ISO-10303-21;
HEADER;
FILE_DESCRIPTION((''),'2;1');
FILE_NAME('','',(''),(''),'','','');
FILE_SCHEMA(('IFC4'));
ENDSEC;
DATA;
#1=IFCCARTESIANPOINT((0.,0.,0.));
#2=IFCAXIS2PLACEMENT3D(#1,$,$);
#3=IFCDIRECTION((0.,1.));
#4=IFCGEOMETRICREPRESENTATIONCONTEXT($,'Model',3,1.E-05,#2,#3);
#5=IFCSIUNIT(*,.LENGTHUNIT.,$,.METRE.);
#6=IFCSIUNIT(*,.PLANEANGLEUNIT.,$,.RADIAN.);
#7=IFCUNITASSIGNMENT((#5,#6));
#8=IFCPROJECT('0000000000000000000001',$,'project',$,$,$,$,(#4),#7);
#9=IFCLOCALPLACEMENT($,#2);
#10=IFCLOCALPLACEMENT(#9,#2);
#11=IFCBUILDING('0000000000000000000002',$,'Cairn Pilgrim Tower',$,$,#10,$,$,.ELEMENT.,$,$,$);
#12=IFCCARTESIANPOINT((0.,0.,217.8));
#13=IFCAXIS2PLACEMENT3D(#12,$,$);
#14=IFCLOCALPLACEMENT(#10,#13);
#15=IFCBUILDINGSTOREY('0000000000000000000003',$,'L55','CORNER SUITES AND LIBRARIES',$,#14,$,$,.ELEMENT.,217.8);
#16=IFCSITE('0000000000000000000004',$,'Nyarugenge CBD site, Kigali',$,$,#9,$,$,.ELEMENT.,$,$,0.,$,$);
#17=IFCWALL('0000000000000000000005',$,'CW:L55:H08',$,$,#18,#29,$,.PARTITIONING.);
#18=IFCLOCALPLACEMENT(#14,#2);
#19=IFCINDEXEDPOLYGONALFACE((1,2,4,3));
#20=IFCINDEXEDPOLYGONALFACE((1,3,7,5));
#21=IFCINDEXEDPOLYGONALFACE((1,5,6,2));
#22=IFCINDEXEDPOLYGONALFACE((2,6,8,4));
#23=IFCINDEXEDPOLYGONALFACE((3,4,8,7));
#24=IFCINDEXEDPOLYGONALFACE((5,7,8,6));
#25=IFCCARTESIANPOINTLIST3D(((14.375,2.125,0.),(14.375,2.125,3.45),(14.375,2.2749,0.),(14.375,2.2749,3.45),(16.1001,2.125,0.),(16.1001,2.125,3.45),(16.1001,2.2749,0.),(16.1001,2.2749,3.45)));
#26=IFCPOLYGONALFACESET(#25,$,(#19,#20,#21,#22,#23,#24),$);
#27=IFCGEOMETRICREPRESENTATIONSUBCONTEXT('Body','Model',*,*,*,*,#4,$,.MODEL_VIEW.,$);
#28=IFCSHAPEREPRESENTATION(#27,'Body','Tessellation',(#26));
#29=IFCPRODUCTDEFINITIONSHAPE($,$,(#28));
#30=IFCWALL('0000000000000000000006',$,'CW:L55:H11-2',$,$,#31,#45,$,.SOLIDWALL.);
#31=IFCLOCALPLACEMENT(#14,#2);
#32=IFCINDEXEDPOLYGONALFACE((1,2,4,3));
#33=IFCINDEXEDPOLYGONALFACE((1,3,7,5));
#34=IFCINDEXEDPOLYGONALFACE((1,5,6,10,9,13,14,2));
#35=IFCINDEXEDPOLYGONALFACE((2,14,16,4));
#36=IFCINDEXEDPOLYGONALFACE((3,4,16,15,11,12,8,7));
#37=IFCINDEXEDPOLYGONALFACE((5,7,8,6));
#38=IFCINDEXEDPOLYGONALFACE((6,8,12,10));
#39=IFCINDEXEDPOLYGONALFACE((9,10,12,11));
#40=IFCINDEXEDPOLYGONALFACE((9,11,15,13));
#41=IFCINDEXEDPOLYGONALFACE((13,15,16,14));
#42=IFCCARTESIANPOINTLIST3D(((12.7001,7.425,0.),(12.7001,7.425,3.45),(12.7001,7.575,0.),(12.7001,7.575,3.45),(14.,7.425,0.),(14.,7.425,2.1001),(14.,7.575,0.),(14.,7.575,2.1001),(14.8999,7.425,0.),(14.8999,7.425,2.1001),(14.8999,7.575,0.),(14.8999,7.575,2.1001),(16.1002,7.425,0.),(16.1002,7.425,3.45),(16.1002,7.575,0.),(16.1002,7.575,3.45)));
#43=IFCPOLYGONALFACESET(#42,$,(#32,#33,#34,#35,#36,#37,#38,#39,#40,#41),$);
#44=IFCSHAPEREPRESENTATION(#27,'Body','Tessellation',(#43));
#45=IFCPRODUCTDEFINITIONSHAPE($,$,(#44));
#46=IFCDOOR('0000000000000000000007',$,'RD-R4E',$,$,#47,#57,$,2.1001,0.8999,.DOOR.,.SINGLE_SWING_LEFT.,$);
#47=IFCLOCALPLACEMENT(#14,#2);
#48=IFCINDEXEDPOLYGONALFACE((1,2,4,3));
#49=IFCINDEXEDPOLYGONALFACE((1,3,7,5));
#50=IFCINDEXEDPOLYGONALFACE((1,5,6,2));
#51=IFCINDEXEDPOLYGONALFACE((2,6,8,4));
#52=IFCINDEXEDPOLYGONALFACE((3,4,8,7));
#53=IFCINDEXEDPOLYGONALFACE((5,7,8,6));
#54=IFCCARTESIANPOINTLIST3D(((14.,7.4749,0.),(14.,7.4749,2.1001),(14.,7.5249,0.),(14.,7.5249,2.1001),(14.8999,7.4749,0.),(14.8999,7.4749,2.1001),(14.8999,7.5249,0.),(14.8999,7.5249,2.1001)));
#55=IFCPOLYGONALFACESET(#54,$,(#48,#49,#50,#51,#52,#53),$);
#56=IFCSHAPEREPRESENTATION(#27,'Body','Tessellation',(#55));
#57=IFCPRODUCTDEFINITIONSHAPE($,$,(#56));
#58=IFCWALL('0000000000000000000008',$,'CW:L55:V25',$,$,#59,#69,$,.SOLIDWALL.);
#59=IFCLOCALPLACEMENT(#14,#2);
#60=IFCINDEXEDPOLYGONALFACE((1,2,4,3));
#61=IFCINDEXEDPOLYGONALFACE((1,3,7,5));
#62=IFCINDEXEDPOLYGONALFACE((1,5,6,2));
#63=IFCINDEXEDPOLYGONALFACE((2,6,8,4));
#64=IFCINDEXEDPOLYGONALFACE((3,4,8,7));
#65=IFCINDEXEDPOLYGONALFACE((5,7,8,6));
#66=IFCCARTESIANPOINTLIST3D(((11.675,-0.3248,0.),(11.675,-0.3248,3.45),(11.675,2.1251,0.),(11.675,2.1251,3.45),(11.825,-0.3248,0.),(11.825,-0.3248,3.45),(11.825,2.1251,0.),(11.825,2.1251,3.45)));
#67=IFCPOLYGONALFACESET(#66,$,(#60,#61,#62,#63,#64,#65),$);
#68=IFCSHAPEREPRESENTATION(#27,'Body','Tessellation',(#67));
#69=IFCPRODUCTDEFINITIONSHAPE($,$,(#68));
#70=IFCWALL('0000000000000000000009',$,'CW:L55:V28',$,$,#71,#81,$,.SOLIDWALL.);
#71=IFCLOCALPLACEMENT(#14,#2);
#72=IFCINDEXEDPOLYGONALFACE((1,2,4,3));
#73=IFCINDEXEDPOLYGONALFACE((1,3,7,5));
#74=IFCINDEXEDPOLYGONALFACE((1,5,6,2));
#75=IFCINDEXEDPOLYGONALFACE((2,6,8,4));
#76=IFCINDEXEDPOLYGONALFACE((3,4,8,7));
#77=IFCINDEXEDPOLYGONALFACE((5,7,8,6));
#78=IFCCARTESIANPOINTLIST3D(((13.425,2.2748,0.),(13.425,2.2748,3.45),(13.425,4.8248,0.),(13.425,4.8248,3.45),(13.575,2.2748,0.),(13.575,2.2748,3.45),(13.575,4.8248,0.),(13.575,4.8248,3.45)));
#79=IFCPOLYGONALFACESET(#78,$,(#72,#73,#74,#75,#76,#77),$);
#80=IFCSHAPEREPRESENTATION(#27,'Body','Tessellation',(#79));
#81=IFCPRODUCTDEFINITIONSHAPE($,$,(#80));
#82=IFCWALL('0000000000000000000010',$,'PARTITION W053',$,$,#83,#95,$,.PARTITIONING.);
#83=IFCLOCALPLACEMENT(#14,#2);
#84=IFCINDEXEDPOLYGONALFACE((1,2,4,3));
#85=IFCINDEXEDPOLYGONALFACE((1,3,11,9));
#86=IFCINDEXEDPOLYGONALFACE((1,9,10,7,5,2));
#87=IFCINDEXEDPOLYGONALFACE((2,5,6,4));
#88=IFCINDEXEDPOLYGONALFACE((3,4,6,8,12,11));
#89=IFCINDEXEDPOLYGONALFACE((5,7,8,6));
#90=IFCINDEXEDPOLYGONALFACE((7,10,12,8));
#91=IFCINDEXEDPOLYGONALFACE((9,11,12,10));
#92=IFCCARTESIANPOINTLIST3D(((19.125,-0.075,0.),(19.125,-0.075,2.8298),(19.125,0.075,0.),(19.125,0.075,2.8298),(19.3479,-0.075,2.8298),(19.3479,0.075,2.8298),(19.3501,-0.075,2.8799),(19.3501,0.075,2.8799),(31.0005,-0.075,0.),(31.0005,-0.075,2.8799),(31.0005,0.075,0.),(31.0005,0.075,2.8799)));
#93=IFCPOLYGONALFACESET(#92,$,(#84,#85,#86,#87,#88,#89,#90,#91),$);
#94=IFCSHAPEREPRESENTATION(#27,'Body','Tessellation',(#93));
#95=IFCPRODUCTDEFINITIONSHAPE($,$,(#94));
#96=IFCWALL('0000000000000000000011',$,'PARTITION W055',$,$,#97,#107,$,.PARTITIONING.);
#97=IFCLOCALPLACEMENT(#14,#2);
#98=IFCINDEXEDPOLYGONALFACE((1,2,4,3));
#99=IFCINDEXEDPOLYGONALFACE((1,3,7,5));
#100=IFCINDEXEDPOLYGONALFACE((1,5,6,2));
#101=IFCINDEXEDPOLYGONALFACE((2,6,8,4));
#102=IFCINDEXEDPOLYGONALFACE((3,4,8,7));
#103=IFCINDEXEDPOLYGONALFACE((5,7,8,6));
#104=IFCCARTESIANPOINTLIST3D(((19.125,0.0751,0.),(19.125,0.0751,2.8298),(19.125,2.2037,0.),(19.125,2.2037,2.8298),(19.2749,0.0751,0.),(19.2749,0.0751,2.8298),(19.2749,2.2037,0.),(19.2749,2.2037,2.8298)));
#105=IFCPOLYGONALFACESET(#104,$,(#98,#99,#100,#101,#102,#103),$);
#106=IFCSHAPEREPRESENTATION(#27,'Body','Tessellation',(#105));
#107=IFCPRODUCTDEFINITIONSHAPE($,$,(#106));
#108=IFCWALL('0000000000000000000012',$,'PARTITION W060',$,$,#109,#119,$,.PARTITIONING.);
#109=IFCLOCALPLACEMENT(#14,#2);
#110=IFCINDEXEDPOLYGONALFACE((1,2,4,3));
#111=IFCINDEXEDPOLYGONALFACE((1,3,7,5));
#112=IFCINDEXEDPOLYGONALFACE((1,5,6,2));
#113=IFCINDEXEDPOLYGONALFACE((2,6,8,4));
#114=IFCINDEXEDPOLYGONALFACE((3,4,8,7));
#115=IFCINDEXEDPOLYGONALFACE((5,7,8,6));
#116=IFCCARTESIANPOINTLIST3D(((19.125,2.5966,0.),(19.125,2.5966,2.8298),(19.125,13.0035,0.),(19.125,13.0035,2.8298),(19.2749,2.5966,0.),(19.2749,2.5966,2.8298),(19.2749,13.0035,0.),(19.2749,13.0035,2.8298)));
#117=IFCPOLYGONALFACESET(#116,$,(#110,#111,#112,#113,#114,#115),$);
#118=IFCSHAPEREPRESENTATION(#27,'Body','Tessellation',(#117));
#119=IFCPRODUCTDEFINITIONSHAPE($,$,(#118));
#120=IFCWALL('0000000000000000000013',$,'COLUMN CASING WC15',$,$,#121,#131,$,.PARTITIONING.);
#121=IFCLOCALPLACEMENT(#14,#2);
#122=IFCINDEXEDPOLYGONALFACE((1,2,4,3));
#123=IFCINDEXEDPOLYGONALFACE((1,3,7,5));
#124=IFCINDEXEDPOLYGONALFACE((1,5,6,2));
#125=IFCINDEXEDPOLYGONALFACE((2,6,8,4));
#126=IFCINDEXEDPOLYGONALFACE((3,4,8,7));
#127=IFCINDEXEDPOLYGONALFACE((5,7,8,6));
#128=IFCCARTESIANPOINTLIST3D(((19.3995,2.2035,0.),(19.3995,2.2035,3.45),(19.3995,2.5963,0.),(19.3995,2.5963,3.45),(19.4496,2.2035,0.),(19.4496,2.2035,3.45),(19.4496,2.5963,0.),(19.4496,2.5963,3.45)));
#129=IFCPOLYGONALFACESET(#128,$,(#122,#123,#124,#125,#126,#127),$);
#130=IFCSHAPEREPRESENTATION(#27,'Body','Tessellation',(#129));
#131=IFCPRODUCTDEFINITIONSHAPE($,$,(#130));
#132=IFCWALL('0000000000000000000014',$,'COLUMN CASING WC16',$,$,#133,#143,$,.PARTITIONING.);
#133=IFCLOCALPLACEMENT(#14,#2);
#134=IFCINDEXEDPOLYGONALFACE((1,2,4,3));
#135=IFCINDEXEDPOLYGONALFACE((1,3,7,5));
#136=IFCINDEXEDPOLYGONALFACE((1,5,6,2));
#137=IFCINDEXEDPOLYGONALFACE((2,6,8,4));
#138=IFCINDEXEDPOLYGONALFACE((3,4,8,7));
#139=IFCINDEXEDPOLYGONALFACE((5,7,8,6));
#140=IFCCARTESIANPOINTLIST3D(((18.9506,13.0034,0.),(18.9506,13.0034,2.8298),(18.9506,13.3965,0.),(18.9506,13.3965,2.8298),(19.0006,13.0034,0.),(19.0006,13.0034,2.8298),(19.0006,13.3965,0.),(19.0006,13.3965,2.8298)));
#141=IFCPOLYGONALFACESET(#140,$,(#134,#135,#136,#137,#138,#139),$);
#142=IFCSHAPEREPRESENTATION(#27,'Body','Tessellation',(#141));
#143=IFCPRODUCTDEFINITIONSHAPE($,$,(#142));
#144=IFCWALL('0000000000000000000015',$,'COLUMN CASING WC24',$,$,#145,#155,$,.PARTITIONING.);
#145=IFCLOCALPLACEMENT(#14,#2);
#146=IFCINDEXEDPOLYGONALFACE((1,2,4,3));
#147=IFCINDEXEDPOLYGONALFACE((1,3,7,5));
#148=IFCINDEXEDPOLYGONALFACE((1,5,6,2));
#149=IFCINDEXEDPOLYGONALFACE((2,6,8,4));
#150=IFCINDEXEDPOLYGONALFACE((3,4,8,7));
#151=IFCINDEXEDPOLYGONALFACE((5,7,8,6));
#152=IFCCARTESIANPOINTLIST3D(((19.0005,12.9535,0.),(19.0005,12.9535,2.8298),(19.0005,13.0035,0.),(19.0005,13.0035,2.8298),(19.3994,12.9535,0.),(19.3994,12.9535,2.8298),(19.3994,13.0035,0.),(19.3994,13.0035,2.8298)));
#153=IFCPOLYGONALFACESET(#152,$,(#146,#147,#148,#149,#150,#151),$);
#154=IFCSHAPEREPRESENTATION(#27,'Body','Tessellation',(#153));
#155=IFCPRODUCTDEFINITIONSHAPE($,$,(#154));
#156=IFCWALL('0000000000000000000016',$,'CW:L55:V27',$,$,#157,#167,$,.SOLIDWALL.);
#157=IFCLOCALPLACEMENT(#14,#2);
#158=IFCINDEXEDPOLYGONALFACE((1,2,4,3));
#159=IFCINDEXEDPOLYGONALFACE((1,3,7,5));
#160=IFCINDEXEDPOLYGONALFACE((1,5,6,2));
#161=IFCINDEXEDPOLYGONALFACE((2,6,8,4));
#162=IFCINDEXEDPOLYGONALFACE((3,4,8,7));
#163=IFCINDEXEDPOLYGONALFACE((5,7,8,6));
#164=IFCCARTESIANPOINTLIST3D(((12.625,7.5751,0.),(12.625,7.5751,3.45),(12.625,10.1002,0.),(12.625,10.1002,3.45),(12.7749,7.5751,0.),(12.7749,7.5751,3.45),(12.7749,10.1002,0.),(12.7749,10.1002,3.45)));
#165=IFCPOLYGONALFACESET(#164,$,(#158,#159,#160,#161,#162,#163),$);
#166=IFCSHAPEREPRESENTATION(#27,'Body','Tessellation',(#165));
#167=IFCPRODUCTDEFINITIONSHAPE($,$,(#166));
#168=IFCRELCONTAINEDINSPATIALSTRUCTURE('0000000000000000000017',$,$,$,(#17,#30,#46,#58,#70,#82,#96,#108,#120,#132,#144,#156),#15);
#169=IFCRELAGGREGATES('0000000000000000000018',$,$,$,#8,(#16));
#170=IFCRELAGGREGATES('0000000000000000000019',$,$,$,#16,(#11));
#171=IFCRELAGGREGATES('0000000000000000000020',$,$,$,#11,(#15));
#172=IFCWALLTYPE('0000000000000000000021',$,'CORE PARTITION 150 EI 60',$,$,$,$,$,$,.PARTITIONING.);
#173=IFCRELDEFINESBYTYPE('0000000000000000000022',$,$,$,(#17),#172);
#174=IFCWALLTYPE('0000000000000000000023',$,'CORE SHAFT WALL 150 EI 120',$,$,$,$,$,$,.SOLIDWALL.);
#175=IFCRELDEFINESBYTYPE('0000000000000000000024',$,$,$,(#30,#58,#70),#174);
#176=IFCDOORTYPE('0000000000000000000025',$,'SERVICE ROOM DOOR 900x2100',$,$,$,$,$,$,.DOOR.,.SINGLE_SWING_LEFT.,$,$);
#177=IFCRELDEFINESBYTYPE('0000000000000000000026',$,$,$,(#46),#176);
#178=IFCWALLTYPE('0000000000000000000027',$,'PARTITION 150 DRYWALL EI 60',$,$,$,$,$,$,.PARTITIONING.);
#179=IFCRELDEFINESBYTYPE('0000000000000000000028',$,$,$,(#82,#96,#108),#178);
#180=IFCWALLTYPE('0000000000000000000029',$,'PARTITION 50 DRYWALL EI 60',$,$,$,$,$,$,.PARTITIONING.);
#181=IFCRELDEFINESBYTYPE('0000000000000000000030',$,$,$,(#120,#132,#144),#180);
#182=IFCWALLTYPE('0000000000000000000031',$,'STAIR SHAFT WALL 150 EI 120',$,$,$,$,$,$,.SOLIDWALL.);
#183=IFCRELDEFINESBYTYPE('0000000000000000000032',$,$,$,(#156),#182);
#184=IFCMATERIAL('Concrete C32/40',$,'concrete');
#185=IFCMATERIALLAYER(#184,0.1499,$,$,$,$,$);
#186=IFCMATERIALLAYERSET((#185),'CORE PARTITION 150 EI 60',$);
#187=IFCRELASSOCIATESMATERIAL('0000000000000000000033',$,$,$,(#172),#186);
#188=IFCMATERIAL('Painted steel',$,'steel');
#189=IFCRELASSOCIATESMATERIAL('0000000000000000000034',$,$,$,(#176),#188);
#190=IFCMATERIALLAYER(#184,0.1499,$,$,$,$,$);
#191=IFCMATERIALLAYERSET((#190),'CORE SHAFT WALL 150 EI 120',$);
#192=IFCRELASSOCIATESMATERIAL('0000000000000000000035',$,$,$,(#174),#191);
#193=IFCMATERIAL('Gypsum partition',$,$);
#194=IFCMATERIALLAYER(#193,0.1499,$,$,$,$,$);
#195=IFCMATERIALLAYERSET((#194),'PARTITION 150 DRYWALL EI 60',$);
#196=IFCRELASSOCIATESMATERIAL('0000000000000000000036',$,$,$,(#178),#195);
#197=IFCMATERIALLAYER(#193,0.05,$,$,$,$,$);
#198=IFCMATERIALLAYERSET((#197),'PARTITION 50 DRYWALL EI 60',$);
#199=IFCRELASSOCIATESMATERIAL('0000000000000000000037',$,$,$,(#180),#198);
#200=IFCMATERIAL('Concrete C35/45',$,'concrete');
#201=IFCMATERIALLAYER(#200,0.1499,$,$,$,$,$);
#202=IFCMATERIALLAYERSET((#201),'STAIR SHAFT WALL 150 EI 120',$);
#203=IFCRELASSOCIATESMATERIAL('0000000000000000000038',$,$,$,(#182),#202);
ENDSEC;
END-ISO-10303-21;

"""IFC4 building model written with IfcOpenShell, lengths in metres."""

from ifc_helpers import new_model, si_unit, direction, frame, frame_2d, origin, place, context, subcontext, project, spatial, polyline, rectangle, outline, extrude, material, layer, layer_set, type_object, element, fill, save


model = new_model("IFC4")

# Units and contexts
model_context = context("Model", 3, precision=1e-05, world=origin(), true_north=direction((0.0, 1.0)))
body_context = subcontext(model_context, "Body", "Model", "MODEL_VIEW")
ifc_project = project(units=[si_unit("LENGTHUNIT", "METRE"), si_unit("PLANEANGLEUNIT", "RADIAN")], contexts=[model_context])

# Site, building, storey
site_placement = place(None, origin())
site = spatial("IfcSite", under=ifc_project, at=site_placement, Name="Nyarugenge CBD site, Kigali", CompositionType="ELEMENT", RefElevation=0.0)
building_placement = place(site_placement, origin())
building = spatial("IfcBuilding", under=site, at=building_placement, Name="Cairn Pilgrim Tower", CompositionType="ELEMENT")
storey_placement = place(building_placement, frame((0.0, 0.0, 217.8)))
storey = spatial("IfcBuildingStorey", under=building, at=storey_placement, Name="L55", Description="CORNER SUITES AND LIBRARIES", CompositionType="ELEMENT", Elevation=217.8)

# Shared definitions
ifc_material_1 = material(Name="Concrete C32/40", Category="concrete")

# Shared definitions
ifc_layer_1 = layer(ifc_material_1, 0.1499)
ifc_layer_set_1 = layer_set([ifc_layer_1], Name="CORE PARTITION 150 EI 60")
wall_type_1 = type_object("IfcWallType", Name="CORE PARTITION 150 EI 60", PredefinedType="PARTITIONING", material=ifc_layer_set_1)
ifc_material_2 = material(Name="Painted steel", Category="steel")
door_type = type_object("IfcDoorType", Name="SERVICE ROOM DOOR 900x2100", OperationType="SINGLE_SWING_LEFT", PredefinedType="DOOR", material=ifc_material_2)

# Wall
wall_1_placement = place(storey_placement, frame((14.375, 2.2, 0.0), z_axis=(0.0, 0.0, 1.0), x_axis=(1.0, 0.0, 0.0)))
element("IfcWall", 1, at=wall_1_placement, inside=storey, type_object=wall_type_1, Name="CW:L55:H08", PredefinedType="PARTITIONING", context=body_context, shape_type="SweptSolid", body=[
    extrude(rectangle(XDim=1.7251, YDim=0.1499, at=frame_2d((0.8625, 0.0))), origin(), (0.0, 0.0, 1.0), 3.45),
])

# Wall, opening, door
ifc_layer_2 = layer(ifc_material_1, 0.1499)
ifc_layer_set_2 = layer_set([ifc_layer_2], Name="CORE SHAFT WALL 150 EI 120")
wall_type_2 = type_object("IfcWallType", Name="CORE SHAFT WALL 150 EI 120", PredefinedType="SOLIDWALL", material=ifc_layer_set_2)
wall_2_placement = place(storey_placement, frame((12.7, 7.5, 0.0), z_axis=(0.0, 0.0, 1.0), x_axis=(1.0, 0.0, 0.0)))
wall_2 = element("IfcWall", 2, at=wall_2_placement, inside=storey, type_object=wall_type_2, Name="CW:L55:H11-2", PredefinedType="SOLIDWALL", context=body_context, shape_type="SweptSolid", body=[
    extrude(rectangle(XDim=3.4001, YDim=0.1499, at=frame_2d((1.7002, 0.0))), origin(), (0.0, 0.0, 1.0), 3.45),
])
opening_1_placement = place(wall_2_placement, frame((1.3, 0.0, 0.0)))
opening_1 = element("IfcOpeningElement", 3, at=opening_1_placement, cuts=wall_2, PredefinedType="OPENING", context=body_context, shape_type="SweptSolid", body=[
    extrude(rectangle(XDim=0.8999, YDim=2.1001, at=frame_2d((0.45, 1.05))), frame((0.0, 0.085, 0.0), z_axis=(0.0, -1.0, 0.0), x_axis=(1.0, 0.0, 0.0)), (0.0, 0.0, 1.0), 0.1699),
])
door_1_placement = place(opening_1_placement, origin())
door_1 = element("IfcDoor", 4, at=door_1_placement, inside=storey, type_object=door_type, Name="RD-R4E", OperationType="SINGLE_SWING_LEFT", OverallHeight=2.1001, OverallWidth=0.8999, PredefinedType="DOOR", context=body_context, shape_type="SweptSolid", body=[
    extrude(rectangle(XDim=0.8999, YDim=2.1001, at=frame_2d((0.45, 1.05))), frame((0.0, 0.0249, 0.0), z_axis=(0.0, -1.0, 0.0), x_axis=(1.0, 0.0, 0.0)), (0.0, 0.0, 1.0), 0.05),
])
fill(opening_1, door_1)

# Walls
wall_3_placement = place(storey_placement, frame((11.75, -0.325, 0.0), z_axis=(0.0, 0.0, 1.0), x_axis=(0.0, 1.0, 0.0)))
element("IfcWall", 5, at=wall_3_placement, inside=storey, type_object=wall_type_2, Name="CW:L55:V25", PredefinedType="SOLIDWALL", context=body_context, shape_type="SweptSolid", body=[
    extrude(rectangle(XDim=2.45, YDim=0.1499, at=frame_2d((1.2251, 0.0))), origin(), (0.0, 0.0, 1.0), 3.45),
])
wall_4_placement = place(storey_placement, frame((13.5, 2.2749, 0.0), z_axis=(0.0, 0.0, 1.0), x_axis=(0.0, 1.0, 0.0)))
element("IfcWall", 6, at=wall_4_placement, inside=storey, type_object=wall_type_2, Name="CW:L55:V28", PredefinedType="SOLIDWALL", context=body_context, shape_type="SweptSolid", body=[
    extrude(rectangle(XDim=2.55, YDim=0.1499, at=frame_2d((1.2749, 0.0))), origin(), (0.0, 0.0, 1.0), 3.45),
])
ifc_material_3 = material(Name="Gypsum partition")
ifc_layer_3 = layer(ifc_material_3, 0.1499)
ifc_layer_set_3 = layer_set([ifc_layer_3], Name="PARTITION 150 DRYWALL EI 60")
wall_type_3 = type_object("IfcWallType", Name="PARTITION 150 DRYWALL EI 60", PredefinedType="PARTITIONING", material=ifc_layer_set_3)
wall_5_placement = place(storey_placement, frame((19.125, 0.0, 0.0), z_axis=(0.0, 0.0, 1.0), x_axis=(1.0, 0.0, 0.0)))
element("IfcWall", 7, at=wall_5_placement, inside=storey, type_object=wall_type_3, Name="PARTITION W053", PredefinedType="PARTITIONING", context=body_context, shape_type="SweptSolid", body=[
    extrude(outline(polyline([(0.0, 0.0), (11.8755, 0.0), (11.8755, 2.8799), (0.2251, 2.8799), (0.2229, 2.8298), (0.0, 2.8298), (0.0, 0.0)])), frame((0.0, 0.075, 0.0), z_axis=(0.0, -1.0, 0.0), x_axis=(1.0, 0.0, 0.0)), (0.0, 0.0, 1.0), 0.1499),
])
wall_6_placement = place(storey_placement, frame((19.2, 0.075, 0.0), z_axis=(0.0, 0.0, 1.0), x_axis=(0.0, 1.0, 0.0)))
element("IfcWall", 8, at=wall_6_placement, inside=storey, type_object=wall_type_3, Name="PARTITION W055", PredefinedType="PARTITIONING", context=body_context, shape_type="SweptSolid", body=[
    extrude(rectangle(XDim=2.1287, YDim=0.1499, at=frame_2d((1.0645, 0.0))), origin(), (0.0, 0.0, 1.0), 2.8298),
])
wall_7_placement = place(storey_placement, frame((19.2, 2.5964, 0.0), z_axis=(0.0, 0.0, 1.0), x_axis=(0.0, 1.0, 0.0)))
element("IfcWall", 9, at=wall_7_placement, inside=storey, type_object=wall_type_3, Name="PARTITION W060", PredefinedType="PARTITIONING", context=body_context, shape_type="SweptSolid", body=[
    extrude(rectangle(XDim=10.407, YDim=0.1499, at=frame_2d((5.2036, 0.0))), origin(), (0.0, 0.0, 1.0), 2.8298),
])
ifc_layer_4 = layer(ifc_material_3, 0.05)
ifc_layer_set_4 = layer_set([ifc_layer_4], Name="PARTITION 50 DRYWALL EI 60")
wall_type_4 = type_object("IfcWallType", Name="PARTITION 50 DRYWALL EI 60", PredefinedType="PARTITIONING", material=ifc_layer_set_4)
wall_8_placement = place(storey_placement, frame((19.4246, 2.2036, 0.0), z_axis=(0.0, 0.0, 1.0), x_axis=(0.0, 1.0, 0.0)))
element("IfcWall", 10, at=wall_8_placement, inside=storey, type_object=wall_type_4, Name="COLUMN CASING WC15", PredefinedType="PARTITIONING", context=body_context, shape_type="SweptSolid", body=[
    extrude(rectangle(XDim=0.3928, YDim=0.05, at=frame_2d((0.1963, 0.0))), origin(), (0.0, 0.0, 1.0), 3.45),
])
wall_9_placement = place(storey_placement, frame((18.9756, 13.0034, 0.0), z_axis=(0.0, 0.0, 1.0), x_axis=(0.0, 1.0, 0.0)))
element("IfcWall", 11, at=wall_9_placement, inside=storey, type_object=wall_type_4, Name="COLUMN CASING WC16", PredefinedType="PARTITIONING", context=body_context, shape_type="SweptSolid", body=[
    extrude(rectangle(XDim=0.3931, YDim=0.05, at=frame_2d((0.1965, 0.0))), origin(), (0.0, 0.0, 1.0), 2.8298),
])
wall_10_placement = place(storey_placement, frame((19.0005, 12.9785, 0.0), z_axis=(0.0, 0.0, 1.0), x_axis=(1.0, 0.0, 0.0)))
element("IfcWall", 12, at=wall_10_placement, inside=storey, type_object=wall_type_4, Name="COLUMN CASING WC24", PredefinedType="PARTITIONING", context=body_context, shape_type="SweptSolid", body=[
    extrude(rectangle(XDim=0.3989, YDim=0.05, at=frame_2d((0.1995, 0.0))), origin(), (0.0, 0.0, 1.0), 2.8298),
])
ifc_material_4 = material(Name="Concrete C35/45", Category="concrete")
ifc_layer_5 = layer(ifc_material_4, 0.1499)
ifc_layer_set_5 = layer_set([ifc_layer_5], Name="STAIR SHAFT WALL 150 EI 120")
wall_type_5 = type_object("IfcWallType", Name="STAIR SHAFT WALL 150 EI 120", PredefinedType="SOLIDWALL", material=ifc_layer_set_5)
wall_11_placement = place(storey_placement, frame((12.7, 7.575, 0.0), z_axis=(0.0, 0.0, 1.0), x_axis=(0.0, 1.0, 0.0)))
element("IfcWall", 13, at=wall_11_placement, inside=storey, type_object=wall_type_5, Name="CW:L55:V27", PredefinedType="SOLIDWALL", context=body_context, shape_type="SweptSolid", body=[
    extrude(rectangle(XDim=2.5251, YDim=0.1499, at=frame_2d((1.2627, 0.0))), origin(), (0.0, 0.0, 1.0), 3.45),
])

save(model, "model.ifc")
